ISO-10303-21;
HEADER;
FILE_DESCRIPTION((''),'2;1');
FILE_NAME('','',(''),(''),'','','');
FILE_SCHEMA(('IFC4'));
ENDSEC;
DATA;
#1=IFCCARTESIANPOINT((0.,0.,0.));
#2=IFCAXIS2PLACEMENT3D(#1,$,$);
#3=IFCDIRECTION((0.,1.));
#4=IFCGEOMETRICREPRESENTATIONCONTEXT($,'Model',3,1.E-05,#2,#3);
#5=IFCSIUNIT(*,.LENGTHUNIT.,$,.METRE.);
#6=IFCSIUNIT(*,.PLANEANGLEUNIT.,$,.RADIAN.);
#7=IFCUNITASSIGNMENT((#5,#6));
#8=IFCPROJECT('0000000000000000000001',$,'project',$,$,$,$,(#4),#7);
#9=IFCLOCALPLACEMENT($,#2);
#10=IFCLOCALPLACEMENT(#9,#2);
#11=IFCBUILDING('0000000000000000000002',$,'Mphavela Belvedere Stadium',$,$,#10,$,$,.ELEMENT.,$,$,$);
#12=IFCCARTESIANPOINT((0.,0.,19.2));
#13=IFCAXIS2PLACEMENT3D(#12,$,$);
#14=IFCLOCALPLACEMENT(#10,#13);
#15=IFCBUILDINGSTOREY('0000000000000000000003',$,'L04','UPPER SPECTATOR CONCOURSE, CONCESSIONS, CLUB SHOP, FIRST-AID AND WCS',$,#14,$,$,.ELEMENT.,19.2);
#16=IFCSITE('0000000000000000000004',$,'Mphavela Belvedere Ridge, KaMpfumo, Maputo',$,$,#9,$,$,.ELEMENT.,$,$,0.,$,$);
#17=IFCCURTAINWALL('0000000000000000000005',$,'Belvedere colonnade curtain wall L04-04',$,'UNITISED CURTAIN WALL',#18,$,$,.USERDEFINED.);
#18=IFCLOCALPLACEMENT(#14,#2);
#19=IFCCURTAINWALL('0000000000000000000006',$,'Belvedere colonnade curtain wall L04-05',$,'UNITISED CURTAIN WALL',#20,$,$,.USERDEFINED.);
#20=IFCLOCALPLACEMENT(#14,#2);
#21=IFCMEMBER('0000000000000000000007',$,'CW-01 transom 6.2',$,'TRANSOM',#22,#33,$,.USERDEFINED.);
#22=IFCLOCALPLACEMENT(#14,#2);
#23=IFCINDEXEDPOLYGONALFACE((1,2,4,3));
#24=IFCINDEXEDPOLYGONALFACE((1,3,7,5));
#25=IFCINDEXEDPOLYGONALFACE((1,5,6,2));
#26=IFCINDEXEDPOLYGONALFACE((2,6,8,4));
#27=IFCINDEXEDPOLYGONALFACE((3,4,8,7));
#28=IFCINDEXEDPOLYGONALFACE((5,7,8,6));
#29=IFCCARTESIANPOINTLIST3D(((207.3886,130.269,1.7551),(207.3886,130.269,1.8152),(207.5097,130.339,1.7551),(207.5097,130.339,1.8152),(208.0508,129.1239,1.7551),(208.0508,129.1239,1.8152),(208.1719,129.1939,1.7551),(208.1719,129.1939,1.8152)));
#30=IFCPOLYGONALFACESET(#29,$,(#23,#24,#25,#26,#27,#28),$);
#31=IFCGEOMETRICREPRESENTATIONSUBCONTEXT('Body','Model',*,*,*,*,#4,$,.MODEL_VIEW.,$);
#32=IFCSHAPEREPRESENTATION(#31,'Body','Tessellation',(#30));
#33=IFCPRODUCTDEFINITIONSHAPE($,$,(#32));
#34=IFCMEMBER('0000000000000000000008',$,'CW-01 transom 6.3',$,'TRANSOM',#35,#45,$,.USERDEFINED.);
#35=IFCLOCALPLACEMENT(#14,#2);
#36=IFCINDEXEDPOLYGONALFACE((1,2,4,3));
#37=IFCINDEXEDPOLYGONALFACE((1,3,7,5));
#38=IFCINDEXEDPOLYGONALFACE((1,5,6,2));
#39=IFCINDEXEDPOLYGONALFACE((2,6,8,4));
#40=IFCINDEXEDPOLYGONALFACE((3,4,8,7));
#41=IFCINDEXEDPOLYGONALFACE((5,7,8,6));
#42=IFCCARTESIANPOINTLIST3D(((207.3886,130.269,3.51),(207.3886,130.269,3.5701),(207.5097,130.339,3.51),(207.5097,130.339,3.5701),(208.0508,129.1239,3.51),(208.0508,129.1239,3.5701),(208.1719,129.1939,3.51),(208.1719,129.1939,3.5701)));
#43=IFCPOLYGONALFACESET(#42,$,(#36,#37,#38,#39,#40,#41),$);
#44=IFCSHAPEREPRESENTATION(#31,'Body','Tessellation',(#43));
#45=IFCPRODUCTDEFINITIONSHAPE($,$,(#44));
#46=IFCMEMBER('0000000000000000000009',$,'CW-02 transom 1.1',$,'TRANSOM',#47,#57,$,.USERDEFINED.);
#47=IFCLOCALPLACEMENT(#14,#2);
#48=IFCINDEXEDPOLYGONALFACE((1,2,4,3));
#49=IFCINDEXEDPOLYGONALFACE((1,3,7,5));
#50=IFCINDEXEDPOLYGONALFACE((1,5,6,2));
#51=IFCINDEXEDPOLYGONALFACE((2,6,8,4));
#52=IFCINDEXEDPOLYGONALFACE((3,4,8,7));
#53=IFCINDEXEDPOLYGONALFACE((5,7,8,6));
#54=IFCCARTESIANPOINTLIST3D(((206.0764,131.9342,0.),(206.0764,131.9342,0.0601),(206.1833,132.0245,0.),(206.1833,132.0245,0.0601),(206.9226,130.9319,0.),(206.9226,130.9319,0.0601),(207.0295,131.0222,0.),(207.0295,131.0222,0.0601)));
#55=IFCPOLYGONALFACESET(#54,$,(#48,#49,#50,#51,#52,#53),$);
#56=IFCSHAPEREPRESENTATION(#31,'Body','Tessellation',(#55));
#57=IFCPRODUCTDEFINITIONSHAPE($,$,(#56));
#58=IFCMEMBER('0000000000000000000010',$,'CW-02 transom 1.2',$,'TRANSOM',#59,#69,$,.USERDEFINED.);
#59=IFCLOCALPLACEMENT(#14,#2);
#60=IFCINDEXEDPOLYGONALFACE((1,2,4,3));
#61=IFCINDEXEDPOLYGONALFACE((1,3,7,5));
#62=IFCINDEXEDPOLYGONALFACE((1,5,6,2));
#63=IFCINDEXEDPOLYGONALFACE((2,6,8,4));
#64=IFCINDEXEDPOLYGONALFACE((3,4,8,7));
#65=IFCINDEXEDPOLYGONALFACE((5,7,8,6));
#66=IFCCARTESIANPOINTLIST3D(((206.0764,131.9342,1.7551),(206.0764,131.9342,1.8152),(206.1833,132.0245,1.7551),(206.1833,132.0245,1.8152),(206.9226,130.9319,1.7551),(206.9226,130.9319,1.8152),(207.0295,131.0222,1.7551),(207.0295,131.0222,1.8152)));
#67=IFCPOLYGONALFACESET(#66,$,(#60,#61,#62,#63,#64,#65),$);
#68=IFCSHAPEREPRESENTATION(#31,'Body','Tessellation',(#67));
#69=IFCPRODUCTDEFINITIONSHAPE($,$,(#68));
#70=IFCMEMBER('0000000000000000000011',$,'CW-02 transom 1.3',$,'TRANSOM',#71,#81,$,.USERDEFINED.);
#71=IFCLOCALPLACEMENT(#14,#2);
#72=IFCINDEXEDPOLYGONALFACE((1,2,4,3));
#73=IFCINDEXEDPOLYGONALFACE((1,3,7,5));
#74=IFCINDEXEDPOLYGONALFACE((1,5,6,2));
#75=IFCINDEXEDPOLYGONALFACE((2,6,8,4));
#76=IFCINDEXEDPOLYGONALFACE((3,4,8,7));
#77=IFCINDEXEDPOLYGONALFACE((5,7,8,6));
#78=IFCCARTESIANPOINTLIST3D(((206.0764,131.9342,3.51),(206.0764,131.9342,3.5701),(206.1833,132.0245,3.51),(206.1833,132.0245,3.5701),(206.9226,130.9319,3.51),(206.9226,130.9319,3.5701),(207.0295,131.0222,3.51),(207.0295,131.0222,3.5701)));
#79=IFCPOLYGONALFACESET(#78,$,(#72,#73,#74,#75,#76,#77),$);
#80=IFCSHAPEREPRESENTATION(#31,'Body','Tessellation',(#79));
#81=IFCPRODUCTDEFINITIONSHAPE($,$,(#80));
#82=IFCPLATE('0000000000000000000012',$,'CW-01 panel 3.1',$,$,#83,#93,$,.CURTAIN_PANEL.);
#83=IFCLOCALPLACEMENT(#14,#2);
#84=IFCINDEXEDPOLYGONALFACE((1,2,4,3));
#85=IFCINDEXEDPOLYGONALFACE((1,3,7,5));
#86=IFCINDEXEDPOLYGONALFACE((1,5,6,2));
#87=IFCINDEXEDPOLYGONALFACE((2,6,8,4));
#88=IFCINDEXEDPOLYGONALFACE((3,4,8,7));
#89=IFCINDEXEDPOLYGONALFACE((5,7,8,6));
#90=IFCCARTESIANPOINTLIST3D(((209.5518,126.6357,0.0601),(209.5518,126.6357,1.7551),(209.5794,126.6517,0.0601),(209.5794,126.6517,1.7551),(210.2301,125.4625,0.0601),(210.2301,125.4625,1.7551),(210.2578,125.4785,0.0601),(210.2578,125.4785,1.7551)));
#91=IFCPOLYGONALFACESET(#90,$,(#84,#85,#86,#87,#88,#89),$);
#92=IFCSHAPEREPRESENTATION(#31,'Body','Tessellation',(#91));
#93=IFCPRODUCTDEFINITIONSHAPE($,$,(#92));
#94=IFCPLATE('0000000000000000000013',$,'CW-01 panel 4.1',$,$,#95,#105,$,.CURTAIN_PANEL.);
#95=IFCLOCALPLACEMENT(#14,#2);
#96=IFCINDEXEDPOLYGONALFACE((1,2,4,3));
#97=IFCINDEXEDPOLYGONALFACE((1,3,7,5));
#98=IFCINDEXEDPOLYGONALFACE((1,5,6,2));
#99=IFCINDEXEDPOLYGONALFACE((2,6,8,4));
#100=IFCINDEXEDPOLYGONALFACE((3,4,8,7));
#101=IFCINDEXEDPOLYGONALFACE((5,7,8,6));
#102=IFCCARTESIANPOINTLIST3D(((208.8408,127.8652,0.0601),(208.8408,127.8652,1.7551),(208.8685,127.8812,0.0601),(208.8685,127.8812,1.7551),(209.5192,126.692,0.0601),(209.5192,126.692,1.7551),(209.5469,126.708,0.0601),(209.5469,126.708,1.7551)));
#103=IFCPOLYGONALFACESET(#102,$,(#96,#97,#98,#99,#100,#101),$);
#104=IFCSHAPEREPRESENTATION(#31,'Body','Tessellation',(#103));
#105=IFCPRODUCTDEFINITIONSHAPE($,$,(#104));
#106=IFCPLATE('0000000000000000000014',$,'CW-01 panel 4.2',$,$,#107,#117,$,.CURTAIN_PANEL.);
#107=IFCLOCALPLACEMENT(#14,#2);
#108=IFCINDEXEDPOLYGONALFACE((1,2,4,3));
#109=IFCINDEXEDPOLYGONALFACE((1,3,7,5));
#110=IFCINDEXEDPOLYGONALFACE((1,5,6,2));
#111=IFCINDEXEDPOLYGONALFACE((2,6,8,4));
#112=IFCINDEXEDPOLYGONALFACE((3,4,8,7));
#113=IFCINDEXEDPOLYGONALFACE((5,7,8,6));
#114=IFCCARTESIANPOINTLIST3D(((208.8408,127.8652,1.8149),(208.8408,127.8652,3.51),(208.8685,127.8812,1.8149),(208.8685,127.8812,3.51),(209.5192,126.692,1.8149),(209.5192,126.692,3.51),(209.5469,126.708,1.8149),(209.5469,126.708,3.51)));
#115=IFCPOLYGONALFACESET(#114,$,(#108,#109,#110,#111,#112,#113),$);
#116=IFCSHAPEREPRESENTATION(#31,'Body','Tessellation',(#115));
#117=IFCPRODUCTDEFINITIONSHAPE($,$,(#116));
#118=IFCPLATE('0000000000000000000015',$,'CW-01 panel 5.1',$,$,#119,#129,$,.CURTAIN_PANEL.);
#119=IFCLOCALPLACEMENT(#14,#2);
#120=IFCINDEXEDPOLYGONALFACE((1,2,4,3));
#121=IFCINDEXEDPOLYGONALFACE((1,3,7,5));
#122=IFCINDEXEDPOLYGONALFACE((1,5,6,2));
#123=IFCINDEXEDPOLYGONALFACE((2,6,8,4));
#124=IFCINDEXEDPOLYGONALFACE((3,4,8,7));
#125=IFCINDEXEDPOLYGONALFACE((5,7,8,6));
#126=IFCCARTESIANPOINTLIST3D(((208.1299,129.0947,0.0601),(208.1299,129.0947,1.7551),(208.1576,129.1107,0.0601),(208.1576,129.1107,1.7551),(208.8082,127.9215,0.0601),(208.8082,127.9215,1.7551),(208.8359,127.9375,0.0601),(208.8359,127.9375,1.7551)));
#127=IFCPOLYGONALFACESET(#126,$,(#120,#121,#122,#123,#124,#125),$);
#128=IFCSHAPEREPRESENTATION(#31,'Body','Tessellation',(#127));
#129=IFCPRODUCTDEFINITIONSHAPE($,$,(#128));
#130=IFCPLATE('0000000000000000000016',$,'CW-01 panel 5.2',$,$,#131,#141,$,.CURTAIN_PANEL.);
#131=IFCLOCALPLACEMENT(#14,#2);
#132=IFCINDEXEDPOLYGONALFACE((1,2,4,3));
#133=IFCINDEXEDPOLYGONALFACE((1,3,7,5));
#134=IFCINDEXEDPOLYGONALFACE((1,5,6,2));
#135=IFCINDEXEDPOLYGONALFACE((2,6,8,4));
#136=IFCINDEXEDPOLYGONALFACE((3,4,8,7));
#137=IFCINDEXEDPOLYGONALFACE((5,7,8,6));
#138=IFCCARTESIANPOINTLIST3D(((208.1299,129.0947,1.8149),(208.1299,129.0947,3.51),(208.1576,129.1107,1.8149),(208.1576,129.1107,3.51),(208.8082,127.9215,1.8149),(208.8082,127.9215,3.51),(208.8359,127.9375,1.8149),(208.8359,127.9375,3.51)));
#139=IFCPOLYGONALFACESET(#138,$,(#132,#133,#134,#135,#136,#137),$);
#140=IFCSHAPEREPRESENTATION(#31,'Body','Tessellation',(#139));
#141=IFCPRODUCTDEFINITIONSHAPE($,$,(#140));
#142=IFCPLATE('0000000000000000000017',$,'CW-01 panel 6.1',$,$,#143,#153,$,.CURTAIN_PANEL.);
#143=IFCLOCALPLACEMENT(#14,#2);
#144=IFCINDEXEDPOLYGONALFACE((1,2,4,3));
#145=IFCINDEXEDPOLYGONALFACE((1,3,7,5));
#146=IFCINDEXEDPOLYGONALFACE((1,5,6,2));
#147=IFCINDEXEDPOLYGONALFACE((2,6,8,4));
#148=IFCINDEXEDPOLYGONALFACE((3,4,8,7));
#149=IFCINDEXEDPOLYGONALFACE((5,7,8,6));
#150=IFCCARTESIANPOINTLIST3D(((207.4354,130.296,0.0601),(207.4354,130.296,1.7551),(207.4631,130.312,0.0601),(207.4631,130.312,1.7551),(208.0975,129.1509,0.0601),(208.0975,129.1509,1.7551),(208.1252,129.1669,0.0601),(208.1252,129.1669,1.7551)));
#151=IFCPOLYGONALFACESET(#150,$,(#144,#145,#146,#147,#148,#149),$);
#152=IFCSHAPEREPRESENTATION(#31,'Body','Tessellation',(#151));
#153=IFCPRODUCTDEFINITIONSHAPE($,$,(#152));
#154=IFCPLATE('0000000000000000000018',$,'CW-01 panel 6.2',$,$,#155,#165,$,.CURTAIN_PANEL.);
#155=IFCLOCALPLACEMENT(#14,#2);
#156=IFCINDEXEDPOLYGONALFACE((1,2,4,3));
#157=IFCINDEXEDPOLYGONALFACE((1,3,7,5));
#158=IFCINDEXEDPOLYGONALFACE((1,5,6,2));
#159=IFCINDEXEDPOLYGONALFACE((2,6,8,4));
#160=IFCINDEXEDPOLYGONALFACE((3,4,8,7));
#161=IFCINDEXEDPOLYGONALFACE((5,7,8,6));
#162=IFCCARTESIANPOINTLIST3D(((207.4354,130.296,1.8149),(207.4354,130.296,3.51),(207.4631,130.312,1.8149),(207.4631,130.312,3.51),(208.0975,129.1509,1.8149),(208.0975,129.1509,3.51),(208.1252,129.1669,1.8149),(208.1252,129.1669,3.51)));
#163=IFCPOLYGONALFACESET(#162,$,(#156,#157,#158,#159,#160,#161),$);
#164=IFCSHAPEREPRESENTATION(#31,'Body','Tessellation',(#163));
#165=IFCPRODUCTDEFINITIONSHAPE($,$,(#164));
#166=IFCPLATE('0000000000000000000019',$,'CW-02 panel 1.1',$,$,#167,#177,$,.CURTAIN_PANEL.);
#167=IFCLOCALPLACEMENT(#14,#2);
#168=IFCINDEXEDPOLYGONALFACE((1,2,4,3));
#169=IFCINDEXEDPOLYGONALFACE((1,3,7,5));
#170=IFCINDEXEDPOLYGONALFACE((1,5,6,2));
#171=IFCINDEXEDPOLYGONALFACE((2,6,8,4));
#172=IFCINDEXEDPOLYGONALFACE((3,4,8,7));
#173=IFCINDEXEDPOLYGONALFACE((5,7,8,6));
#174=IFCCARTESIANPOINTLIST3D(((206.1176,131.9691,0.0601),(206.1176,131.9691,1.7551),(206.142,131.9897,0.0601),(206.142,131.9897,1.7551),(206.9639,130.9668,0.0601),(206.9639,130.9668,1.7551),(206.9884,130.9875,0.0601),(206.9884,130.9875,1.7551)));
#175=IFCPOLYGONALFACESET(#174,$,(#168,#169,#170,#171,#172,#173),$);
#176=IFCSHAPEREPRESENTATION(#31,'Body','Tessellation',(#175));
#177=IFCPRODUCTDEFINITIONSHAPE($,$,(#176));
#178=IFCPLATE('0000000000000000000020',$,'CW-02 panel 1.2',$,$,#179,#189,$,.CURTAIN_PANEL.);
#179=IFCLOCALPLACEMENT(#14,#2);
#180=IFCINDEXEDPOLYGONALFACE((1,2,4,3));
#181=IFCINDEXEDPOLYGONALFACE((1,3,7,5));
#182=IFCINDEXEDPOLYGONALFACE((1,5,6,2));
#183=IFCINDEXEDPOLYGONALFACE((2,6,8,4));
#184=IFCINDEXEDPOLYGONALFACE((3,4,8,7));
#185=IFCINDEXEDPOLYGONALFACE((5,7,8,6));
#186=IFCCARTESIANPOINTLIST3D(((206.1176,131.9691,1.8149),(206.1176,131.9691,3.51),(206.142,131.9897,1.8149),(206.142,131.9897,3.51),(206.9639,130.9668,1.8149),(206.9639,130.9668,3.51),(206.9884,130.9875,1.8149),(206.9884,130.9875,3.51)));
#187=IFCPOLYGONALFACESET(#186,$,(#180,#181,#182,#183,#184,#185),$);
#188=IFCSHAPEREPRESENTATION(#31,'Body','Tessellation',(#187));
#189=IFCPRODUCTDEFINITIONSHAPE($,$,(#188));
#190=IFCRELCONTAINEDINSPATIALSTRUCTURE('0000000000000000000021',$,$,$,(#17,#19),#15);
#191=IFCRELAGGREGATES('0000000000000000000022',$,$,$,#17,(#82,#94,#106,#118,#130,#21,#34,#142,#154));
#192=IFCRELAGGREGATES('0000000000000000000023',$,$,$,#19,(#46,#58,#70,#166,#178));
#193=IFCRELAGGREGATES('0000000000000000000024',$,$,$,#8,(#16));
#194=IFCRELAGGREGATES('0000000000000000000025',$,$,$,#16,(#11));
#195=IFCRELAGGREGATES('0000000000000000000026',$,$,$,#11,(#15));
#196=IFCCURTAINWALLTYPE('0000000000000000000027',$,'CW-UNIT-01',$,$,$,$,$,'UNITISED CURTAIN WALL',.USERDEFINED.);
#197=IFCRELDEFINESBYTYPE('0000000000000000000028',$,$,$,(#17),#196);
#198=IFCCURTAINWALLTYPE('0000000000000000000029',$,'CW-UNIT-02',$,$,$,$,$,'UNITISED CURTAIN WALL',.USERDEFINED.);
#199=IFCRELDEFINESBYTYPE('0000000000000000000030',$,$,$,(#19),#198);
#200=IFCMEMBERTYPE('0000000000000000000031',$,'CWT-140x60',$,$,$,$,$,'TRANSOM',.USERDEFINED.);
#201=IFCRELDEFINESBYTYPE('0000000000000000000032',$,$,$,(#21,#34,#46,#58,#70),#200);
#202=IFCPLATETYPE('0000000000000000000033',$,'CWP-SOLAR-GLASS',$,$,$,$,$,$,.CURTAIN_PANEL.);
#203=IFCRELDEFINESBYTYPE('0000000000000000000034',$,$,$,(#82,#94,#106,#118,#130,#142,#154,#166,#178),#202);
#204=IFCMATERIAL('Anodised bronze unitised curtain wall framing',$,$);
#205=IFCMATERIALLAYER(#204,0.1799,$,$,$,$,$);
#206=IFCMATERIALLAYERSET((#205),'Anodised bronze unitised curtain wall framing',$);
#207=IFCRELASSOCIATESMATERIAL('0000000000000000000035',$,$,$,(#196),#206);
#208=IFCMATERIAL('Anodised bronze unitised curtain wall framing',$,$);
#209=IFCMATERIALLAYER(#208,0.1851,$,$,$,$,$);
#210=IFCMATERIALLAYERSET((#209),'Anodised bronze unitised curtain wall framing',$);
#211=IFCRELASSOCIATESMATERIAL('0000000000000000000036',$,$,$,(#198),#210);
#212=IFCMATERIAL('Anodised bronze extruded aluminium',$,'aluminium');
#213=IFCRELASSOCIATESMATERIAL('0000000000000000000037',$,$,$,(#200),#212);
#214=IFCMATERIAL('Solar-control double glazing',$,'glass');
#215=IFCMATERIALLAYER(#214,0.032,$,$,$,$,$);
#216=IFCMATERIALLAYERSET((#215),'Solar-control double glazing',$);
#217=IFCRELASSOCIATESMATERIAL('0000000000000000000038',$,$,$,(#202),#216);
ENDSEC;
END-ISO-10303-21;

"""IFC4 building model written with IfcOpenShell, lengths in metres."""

from ifc_helpers import new_model, si_unit, direction, frame, origin, origin_2d, place, context, subcontext, project, spatial, rectangle, extrude, material, layer, layer_set, material_profile, profile_set, type_object, element, aggregate, save


model = new_model("IFC4")

# Units and contexts
model_context = context("Model", 3, precision=1e-05, world=origin(), true_north=direction((0.0, 1.0)))
body_context = subcontext(model_context, "Body", "Model", "MODEL_VIEW")
ifc_project = project(units=[si_unit("LENGTHUNIT", "METRE"), si_unit("PLANEANGLEUNIT", "RADIAN")], contexts=[model_context])

# Site, building, storey
site_placement = place(None, origin())
site = spatial("IfcSite", under=ifc_project, at=site_placement, Name="Mphavela Belvedere Ridge, KaMpfumo, Maputo", CompositionType="ELEMENT", RefElevation=0.0)
building_placement = place(site_placement, origin())
building = spatial("IfcBuilding", under=site, at=building_placement, Name="Mphavela Belvedere Stadium", CompositionType="ELEMENT")
storey_placement = place(building_placement, frame((0.0, 0.0, 19.2)))
storey = spatial("IfcBuildingStorey", under=building, at=storey_placement, Name="L04", Description="UPPER SPECTATOR CONCOURSE, CONCESSIONS, CLUB SHOP, FIRST-AID AND WCS", CompositionType="ELEMENT", Elevation=19.2)

# Curtain wall
ifc_material_1 = material(Name="Anodised bronze unitised curtain wall framing")
ifc_layer_1 = layer(ifc_material_1, 0.1799)
ifc_layer_set_1 = layer_set([ifc_layer_1], Name="Anodised bronze unitised curtain wall framing")
curtain_wall_type_1 = type_object("IfcCurtainWallType", Name="CW-UNIT-01", ElementType="UNITISED CURTAIN WALL", PredefinedType="USERDEFINED", material=ifc_layer_set_1)
curtain_wall_1_placement = place(storey_placement, origin())
curtain_wall_1 = element("IfcCurtainWall", 1, at=curtain_wall_1_placement, inside=storey, type_object=curtain_wall_type_1, Name="Belvedere colonnade curtain wall L04-04", ObjectType="UNITISED CURTAIN WALL", PredefinedType="USERDEFINED")

# Curtain wall
ifc_material_2 = material(Name="Anodised bronze unitised curtain wall framing")
ifc_layer_2 = layer(ifc_material_2, 0.1851)
ifc_layer_set_2 = layer_set([ifc_layer_2], Name="Anodised bronze unitised curtain wall framing")
curtain_wall_type_2 = type_object("IfcCurtainWallType", Name="CW-UNIT-02", ElementType="UNITISED CURTAIN WALL", PredefinedType="USERDEFINED", material=ifc_layer_set_2)
curtain_wall_2_placement = place(storey_placement, origin())
curtain_wall_2 = element("IfcCurtainWall", 2, at=curtain_wall_2_placement, inside=storey, type_object=curtain_wall_type_2, Name="Belvedere colonnade curtain wall L04-05", ObjectType="UNITISED CURTAIN WALL", PredefinedType="USERDEFINED")

# Members
ifc_material_3 = material(Name="Anodised bronze extruded aluminium", Category="aluminium")
ifc_material_profile_1 = material_profile(ifc_material_3, rectangle(XDim=0.1399, YDim=0.0601, at=origin_2d()), Name="CW-TRN 140x60")
ifc_profile_set_1 = profile_set([ifc_material_profile_1], Name="Anodised bronze extruded aluminium")
member_type_1 = type_object("IfcMemberType", Name="CWT-140x60", ElementType="TRANSOM", PredefinedType="USERDEFINED", material=ifc_profile_set_1)
member_1_placement = place(storey_placement, frame((208.1113, 129.1589, 1.7852), z_axis=(-0.500585, 0.865687, 0.0), x_axis=(-0.865687, -0.500585, 0.0)))
member_1 = element("IfcMember", 3, at=member_1_placement, type_object=member_type_1, Name="CW-01 transom 6.2", ObjectType="TRANSOM", PredefinedType="USERDEFINED", context=body_context, shape_type="SweptSolid", body=[
    extrude(rectangle(XDim=0.1399, YDim=0.0601, at=origin_2d()), origin(), (0.0, 0.0, 1.0), 1.3228),
])
member_2_placement = place(storey_placement, frame((208.1113, 129.1589, 3.54), z_axis=(-0.500585, 0.865687, 0.0), x_axis=(-0.865687, -0.500585, 0.0)))
member_2 = element("IfcMember", 4, at=member_2_placement, type_object=member_type_1, Name="CW-01 transom 6.3", ObjectType="TRANSOM", PredefinedType="USERDEFINED", context=body_context, shape_type="SweptSolid", body=[
    extrude(rectangle(XDim=0.1399, YDim=0.0601, at=origin_2d()), origin(), (0.0, 0.0, 1.0), 1.3228),
])
member_3_placement = place(storey_placement, frame((206.9761, 130.9771, 0.03), z_axis=(-0.645133, 0.764071, 0.0), x_axis=(-0.764071, -0.645133, 0.0)))
member_3 = element("IfcMember", 5, at=member_3_placement, type_object=member_type_1, Name="CW-02 transom 1.1", ObjectType="TRANSOM", PredefinedType="USERDEFINED", context=body_context, shape_type="SweptSolid", body=[
    extrude(rectangle(XDim=0.1399, YDim=0.0601, at=origin_2d()), origin(), (0.0, 0.0, 1.0), 1.3118),
])
member_4_placement = place(storey_placement, frame((206.9761, 130.9771, 1.7852), z_axis=(-0.645133, 0.764071, 0.0), x_axis=(-0.764071, -0.645133, 0.0)))
member_4 = element("IfcMember", 6, at=member_4_placement, type_object=member_type_1, Name="CW-02 transom 1.2", ObjectType="TRANSOM", PredefinedType="USERDEFINED", context=body_context, shape_type="SweptSolid", body=[
    extrude(rectangle(XDim=0.1399, YDim=0.0601, at=origin_2d()), origin(), (0.0, 0.0, 1.0), 1.3118),
])
member_5_placement = place(storey_placement, frame((206.9761, 130.9771, 3.54), z_axis=(-0.645133, 0.764071, 0.0), x_axis=(-0.764071, -0.645133, 0.0)))
member_5 = element("IfcMember", 7, at=member_5_placement, type_object=member_type_1, Name="CW-02 transom 1.3", ObjectType="TRANSOM", PredefinedType="USERDEFINED", context=body_context, shape_type="SweptSolid", body=[
    extrude(rectangle(XDim=0.1399, YDim=0.0601, at=origin_2d()), origin(), (0.0, 0.0, 1.0), 1.3118),
])

# Plates
ifc_material_4 = material(Name="Solar-control double glazing", Category="glass")
ifc_layer_3 = layer(ifc_material_4, 0.032)
ifc_layer_set_3 = layer_set([ifc_layer_3], Name="Solar-control double glazing")
plate_type = type_object("IfcPlateType", Name="CWP-SOLAR-GLASS", PredefinedType="CURTAIN_PANEL", material=ifc_layer_set_3)
plate_1_placement = place(storey_placement, frame((209.9048, 126.0571, 0.0601), z_axis=(0.0, 0.0, 1.0), x_axis=(-0.500556, 0.865704, 0.0)))
plate_1 = element("IfcPlate", 8, at=plate_1_placement, type_object=plate_type, Name="CW-01 panel 3.1", PredefinedType="CURTAIN_PANEL", context=body_context, shape_type="SweptSolid", body=[
    extrude(rectangle(XDim=1.3552, YDim=0.032, at=origin_2d()), origin(), (0.0, 0.0, 1.0), 1.6951),
])
plate_2_placement = place(storey_placement, frame((209.1938, 127.2866, 0.0601), z_axis=(0.0, 0.0, 1.0), x_axis=(-0.500556, 0.865704, 0.0)))
plate_2 = element("IfcPlate", 9, at=plate_2_placement, type_object=plate_type, Name="CW-01 panel 4.1", PredefinedType="CURTAIN_PANEL", context=body_context, shape_type="SweptSolid", body=[
    extrude(rectangle(XDim=1.3552, YDim=0.032, at=origin_2d()), origin(), (0.0, 0.0, 1.0), 1.6951),
])
plate_3_placement = place(storey_placement, frame((209.1938, 127.2866, 1.8149), z_axis=(0.0, 0.0, 1.0), x_axis=(-0.500556, 0.865704, 0.0)))
plate_3 = element("IfcPlate", 10, at=plate_3_placement, type_object=plate_type, Name="CW-01 panel 4.2", PredefinedType="CURTAIN_PANEL", context=body_context, shape_type="SweptSolid", body=[
    extrude(rectangle(XDim=1.3552, YDim=0.032, at=origin_2d()), origin(), (0.0, 0.0, 1.0), 1.6951),
])
plate_4_placement = place(storey_placement, frame((208.4829, 128.5161, 0.0601), z_axis=(0.0, 0.0, 1.0), x_axis=(-0.500556, 0.865704, 0.0)))
plate_4 = element("IfcPlate", 11, at=plate_4_placement, type_object=plate_type, Name="CW-01 panel 5.1", PredefinedType="CURTAIN_PANEL", context=body_context, shape_type="SweptSolid", body=[
    extrude(rectangle(XDim=1.3552, YDim=0.032, at=origin_2d()), origin(), (0.0, 0.0, 1.0), 1.6951),
])
plate_5_placement = place(storey_placement, frame((208.4829, 128.5161, 1.8149), z_axis=(0.0, 0.0, 1.0), x_axis=(-0.500556, 0.865704, 0.0)))
plate_5 = element("IfcPlate", 12, at=plate_5_placement, type_object=plate_type, Name="CW-01 panel 5.2", PredefinedType="CURTAIN_PANEL", context=body_context, shape_type="SweptSolid", body=[
    extrude(rectangle(XDim=1.3552, YDim=0.032, at=origin_2d()), origin(), (0.0, 0.0, 1.0), 1.6951),
])
plate_6_placement = place(storey_placement, frame((207.7803, 129.7314, 0.0601), z_axis=(0.0, 0.0, 1.0), x_axis=(-0.500556, 0.865704, 0.0)))
plate_6 = element("IfcPlate", 13, at=plate_6_placement, type_object=plate_type, Name="CW-01 panel 6.1", PredefinedType="CURTAIN_PANEL", context=body_context, shape_type="SweptSolid", body=[
    extrude(rectangle(XDim=1.3228, YDim=0.032, at=origin_2d()), origin(), (0.0, 0.0, 1.0), 1.6951),
])
plate_7_placement = place(storey_placement, frame((207.7803, 129.7314, 1.8149), z_axis=(0.0, 0.0, 1.0), x_axis=(-0.500556, 0.865704, 0.0)))
plate_7 = element("IfcPlate", 14, at=plate_7_placement, type_object=plate_type, Name="CW-01 panel 6.2", PredefinedType="CURTAIN_PANEL", context=body_context, shape_type="SweptSolid", body=[
    extrude(rectangle(XDim=1.3228, YDim=0.032, at=origin_2d()), origin(), (0.0, 0.0, 1.0), 1.6951),
])
aggregate(curtain_wall_1, [plate_1, plate_2, plate_3, plate_4, plate_5, member_1, member_2, plate_6, plate_7])
plate_8_placement = place(storey_placement, frame((206.553, 131.4783, 0.0601), z_axis=(0.0, 0.0, 1.0), x_axis=(-0.645175, 0.764035, 0.0)))
plate_8 = element("IfcPlate", 15, at=plate_8_placement, type_object=plate_type, Name="CW-02 panel 1.1", PredefinedType="CURTAIN_PANEL", context=body_context, shape_type="SweptSolid", body=[
    extrude(rectangle(XDim=1.3118, YDim=0.032, at=origin_2d()), origin(), (0.0, 0.0, 1.0), 1.6951),
])
plate_9_placement = place(storey_placement, frame((206.553, 131.4783, 1.8149), z_axis=(0.0, 0.0, 1.0), x_axis=(-0.645175, 0.764035, 0.0)))
plate_9 = element("IfcPlate", 16, at=plate_9_placement, type_object=plate_type, Name="CW-02 panel 1.2", PredefinedType="CURTAIN_PANEL", context=body_context, shape_type="SweptSolid", body=[
    extrude(rectangle(XDim=1.3118, YDim=0.032, at=origin_2d()), origin(), (0.0, 0.0, 1.0), 1.6951),
])
aggregate(curtain_wall_2, [member_3, member_4, member_5, plate_8, plate_9])

save(model, "model.ifc")
